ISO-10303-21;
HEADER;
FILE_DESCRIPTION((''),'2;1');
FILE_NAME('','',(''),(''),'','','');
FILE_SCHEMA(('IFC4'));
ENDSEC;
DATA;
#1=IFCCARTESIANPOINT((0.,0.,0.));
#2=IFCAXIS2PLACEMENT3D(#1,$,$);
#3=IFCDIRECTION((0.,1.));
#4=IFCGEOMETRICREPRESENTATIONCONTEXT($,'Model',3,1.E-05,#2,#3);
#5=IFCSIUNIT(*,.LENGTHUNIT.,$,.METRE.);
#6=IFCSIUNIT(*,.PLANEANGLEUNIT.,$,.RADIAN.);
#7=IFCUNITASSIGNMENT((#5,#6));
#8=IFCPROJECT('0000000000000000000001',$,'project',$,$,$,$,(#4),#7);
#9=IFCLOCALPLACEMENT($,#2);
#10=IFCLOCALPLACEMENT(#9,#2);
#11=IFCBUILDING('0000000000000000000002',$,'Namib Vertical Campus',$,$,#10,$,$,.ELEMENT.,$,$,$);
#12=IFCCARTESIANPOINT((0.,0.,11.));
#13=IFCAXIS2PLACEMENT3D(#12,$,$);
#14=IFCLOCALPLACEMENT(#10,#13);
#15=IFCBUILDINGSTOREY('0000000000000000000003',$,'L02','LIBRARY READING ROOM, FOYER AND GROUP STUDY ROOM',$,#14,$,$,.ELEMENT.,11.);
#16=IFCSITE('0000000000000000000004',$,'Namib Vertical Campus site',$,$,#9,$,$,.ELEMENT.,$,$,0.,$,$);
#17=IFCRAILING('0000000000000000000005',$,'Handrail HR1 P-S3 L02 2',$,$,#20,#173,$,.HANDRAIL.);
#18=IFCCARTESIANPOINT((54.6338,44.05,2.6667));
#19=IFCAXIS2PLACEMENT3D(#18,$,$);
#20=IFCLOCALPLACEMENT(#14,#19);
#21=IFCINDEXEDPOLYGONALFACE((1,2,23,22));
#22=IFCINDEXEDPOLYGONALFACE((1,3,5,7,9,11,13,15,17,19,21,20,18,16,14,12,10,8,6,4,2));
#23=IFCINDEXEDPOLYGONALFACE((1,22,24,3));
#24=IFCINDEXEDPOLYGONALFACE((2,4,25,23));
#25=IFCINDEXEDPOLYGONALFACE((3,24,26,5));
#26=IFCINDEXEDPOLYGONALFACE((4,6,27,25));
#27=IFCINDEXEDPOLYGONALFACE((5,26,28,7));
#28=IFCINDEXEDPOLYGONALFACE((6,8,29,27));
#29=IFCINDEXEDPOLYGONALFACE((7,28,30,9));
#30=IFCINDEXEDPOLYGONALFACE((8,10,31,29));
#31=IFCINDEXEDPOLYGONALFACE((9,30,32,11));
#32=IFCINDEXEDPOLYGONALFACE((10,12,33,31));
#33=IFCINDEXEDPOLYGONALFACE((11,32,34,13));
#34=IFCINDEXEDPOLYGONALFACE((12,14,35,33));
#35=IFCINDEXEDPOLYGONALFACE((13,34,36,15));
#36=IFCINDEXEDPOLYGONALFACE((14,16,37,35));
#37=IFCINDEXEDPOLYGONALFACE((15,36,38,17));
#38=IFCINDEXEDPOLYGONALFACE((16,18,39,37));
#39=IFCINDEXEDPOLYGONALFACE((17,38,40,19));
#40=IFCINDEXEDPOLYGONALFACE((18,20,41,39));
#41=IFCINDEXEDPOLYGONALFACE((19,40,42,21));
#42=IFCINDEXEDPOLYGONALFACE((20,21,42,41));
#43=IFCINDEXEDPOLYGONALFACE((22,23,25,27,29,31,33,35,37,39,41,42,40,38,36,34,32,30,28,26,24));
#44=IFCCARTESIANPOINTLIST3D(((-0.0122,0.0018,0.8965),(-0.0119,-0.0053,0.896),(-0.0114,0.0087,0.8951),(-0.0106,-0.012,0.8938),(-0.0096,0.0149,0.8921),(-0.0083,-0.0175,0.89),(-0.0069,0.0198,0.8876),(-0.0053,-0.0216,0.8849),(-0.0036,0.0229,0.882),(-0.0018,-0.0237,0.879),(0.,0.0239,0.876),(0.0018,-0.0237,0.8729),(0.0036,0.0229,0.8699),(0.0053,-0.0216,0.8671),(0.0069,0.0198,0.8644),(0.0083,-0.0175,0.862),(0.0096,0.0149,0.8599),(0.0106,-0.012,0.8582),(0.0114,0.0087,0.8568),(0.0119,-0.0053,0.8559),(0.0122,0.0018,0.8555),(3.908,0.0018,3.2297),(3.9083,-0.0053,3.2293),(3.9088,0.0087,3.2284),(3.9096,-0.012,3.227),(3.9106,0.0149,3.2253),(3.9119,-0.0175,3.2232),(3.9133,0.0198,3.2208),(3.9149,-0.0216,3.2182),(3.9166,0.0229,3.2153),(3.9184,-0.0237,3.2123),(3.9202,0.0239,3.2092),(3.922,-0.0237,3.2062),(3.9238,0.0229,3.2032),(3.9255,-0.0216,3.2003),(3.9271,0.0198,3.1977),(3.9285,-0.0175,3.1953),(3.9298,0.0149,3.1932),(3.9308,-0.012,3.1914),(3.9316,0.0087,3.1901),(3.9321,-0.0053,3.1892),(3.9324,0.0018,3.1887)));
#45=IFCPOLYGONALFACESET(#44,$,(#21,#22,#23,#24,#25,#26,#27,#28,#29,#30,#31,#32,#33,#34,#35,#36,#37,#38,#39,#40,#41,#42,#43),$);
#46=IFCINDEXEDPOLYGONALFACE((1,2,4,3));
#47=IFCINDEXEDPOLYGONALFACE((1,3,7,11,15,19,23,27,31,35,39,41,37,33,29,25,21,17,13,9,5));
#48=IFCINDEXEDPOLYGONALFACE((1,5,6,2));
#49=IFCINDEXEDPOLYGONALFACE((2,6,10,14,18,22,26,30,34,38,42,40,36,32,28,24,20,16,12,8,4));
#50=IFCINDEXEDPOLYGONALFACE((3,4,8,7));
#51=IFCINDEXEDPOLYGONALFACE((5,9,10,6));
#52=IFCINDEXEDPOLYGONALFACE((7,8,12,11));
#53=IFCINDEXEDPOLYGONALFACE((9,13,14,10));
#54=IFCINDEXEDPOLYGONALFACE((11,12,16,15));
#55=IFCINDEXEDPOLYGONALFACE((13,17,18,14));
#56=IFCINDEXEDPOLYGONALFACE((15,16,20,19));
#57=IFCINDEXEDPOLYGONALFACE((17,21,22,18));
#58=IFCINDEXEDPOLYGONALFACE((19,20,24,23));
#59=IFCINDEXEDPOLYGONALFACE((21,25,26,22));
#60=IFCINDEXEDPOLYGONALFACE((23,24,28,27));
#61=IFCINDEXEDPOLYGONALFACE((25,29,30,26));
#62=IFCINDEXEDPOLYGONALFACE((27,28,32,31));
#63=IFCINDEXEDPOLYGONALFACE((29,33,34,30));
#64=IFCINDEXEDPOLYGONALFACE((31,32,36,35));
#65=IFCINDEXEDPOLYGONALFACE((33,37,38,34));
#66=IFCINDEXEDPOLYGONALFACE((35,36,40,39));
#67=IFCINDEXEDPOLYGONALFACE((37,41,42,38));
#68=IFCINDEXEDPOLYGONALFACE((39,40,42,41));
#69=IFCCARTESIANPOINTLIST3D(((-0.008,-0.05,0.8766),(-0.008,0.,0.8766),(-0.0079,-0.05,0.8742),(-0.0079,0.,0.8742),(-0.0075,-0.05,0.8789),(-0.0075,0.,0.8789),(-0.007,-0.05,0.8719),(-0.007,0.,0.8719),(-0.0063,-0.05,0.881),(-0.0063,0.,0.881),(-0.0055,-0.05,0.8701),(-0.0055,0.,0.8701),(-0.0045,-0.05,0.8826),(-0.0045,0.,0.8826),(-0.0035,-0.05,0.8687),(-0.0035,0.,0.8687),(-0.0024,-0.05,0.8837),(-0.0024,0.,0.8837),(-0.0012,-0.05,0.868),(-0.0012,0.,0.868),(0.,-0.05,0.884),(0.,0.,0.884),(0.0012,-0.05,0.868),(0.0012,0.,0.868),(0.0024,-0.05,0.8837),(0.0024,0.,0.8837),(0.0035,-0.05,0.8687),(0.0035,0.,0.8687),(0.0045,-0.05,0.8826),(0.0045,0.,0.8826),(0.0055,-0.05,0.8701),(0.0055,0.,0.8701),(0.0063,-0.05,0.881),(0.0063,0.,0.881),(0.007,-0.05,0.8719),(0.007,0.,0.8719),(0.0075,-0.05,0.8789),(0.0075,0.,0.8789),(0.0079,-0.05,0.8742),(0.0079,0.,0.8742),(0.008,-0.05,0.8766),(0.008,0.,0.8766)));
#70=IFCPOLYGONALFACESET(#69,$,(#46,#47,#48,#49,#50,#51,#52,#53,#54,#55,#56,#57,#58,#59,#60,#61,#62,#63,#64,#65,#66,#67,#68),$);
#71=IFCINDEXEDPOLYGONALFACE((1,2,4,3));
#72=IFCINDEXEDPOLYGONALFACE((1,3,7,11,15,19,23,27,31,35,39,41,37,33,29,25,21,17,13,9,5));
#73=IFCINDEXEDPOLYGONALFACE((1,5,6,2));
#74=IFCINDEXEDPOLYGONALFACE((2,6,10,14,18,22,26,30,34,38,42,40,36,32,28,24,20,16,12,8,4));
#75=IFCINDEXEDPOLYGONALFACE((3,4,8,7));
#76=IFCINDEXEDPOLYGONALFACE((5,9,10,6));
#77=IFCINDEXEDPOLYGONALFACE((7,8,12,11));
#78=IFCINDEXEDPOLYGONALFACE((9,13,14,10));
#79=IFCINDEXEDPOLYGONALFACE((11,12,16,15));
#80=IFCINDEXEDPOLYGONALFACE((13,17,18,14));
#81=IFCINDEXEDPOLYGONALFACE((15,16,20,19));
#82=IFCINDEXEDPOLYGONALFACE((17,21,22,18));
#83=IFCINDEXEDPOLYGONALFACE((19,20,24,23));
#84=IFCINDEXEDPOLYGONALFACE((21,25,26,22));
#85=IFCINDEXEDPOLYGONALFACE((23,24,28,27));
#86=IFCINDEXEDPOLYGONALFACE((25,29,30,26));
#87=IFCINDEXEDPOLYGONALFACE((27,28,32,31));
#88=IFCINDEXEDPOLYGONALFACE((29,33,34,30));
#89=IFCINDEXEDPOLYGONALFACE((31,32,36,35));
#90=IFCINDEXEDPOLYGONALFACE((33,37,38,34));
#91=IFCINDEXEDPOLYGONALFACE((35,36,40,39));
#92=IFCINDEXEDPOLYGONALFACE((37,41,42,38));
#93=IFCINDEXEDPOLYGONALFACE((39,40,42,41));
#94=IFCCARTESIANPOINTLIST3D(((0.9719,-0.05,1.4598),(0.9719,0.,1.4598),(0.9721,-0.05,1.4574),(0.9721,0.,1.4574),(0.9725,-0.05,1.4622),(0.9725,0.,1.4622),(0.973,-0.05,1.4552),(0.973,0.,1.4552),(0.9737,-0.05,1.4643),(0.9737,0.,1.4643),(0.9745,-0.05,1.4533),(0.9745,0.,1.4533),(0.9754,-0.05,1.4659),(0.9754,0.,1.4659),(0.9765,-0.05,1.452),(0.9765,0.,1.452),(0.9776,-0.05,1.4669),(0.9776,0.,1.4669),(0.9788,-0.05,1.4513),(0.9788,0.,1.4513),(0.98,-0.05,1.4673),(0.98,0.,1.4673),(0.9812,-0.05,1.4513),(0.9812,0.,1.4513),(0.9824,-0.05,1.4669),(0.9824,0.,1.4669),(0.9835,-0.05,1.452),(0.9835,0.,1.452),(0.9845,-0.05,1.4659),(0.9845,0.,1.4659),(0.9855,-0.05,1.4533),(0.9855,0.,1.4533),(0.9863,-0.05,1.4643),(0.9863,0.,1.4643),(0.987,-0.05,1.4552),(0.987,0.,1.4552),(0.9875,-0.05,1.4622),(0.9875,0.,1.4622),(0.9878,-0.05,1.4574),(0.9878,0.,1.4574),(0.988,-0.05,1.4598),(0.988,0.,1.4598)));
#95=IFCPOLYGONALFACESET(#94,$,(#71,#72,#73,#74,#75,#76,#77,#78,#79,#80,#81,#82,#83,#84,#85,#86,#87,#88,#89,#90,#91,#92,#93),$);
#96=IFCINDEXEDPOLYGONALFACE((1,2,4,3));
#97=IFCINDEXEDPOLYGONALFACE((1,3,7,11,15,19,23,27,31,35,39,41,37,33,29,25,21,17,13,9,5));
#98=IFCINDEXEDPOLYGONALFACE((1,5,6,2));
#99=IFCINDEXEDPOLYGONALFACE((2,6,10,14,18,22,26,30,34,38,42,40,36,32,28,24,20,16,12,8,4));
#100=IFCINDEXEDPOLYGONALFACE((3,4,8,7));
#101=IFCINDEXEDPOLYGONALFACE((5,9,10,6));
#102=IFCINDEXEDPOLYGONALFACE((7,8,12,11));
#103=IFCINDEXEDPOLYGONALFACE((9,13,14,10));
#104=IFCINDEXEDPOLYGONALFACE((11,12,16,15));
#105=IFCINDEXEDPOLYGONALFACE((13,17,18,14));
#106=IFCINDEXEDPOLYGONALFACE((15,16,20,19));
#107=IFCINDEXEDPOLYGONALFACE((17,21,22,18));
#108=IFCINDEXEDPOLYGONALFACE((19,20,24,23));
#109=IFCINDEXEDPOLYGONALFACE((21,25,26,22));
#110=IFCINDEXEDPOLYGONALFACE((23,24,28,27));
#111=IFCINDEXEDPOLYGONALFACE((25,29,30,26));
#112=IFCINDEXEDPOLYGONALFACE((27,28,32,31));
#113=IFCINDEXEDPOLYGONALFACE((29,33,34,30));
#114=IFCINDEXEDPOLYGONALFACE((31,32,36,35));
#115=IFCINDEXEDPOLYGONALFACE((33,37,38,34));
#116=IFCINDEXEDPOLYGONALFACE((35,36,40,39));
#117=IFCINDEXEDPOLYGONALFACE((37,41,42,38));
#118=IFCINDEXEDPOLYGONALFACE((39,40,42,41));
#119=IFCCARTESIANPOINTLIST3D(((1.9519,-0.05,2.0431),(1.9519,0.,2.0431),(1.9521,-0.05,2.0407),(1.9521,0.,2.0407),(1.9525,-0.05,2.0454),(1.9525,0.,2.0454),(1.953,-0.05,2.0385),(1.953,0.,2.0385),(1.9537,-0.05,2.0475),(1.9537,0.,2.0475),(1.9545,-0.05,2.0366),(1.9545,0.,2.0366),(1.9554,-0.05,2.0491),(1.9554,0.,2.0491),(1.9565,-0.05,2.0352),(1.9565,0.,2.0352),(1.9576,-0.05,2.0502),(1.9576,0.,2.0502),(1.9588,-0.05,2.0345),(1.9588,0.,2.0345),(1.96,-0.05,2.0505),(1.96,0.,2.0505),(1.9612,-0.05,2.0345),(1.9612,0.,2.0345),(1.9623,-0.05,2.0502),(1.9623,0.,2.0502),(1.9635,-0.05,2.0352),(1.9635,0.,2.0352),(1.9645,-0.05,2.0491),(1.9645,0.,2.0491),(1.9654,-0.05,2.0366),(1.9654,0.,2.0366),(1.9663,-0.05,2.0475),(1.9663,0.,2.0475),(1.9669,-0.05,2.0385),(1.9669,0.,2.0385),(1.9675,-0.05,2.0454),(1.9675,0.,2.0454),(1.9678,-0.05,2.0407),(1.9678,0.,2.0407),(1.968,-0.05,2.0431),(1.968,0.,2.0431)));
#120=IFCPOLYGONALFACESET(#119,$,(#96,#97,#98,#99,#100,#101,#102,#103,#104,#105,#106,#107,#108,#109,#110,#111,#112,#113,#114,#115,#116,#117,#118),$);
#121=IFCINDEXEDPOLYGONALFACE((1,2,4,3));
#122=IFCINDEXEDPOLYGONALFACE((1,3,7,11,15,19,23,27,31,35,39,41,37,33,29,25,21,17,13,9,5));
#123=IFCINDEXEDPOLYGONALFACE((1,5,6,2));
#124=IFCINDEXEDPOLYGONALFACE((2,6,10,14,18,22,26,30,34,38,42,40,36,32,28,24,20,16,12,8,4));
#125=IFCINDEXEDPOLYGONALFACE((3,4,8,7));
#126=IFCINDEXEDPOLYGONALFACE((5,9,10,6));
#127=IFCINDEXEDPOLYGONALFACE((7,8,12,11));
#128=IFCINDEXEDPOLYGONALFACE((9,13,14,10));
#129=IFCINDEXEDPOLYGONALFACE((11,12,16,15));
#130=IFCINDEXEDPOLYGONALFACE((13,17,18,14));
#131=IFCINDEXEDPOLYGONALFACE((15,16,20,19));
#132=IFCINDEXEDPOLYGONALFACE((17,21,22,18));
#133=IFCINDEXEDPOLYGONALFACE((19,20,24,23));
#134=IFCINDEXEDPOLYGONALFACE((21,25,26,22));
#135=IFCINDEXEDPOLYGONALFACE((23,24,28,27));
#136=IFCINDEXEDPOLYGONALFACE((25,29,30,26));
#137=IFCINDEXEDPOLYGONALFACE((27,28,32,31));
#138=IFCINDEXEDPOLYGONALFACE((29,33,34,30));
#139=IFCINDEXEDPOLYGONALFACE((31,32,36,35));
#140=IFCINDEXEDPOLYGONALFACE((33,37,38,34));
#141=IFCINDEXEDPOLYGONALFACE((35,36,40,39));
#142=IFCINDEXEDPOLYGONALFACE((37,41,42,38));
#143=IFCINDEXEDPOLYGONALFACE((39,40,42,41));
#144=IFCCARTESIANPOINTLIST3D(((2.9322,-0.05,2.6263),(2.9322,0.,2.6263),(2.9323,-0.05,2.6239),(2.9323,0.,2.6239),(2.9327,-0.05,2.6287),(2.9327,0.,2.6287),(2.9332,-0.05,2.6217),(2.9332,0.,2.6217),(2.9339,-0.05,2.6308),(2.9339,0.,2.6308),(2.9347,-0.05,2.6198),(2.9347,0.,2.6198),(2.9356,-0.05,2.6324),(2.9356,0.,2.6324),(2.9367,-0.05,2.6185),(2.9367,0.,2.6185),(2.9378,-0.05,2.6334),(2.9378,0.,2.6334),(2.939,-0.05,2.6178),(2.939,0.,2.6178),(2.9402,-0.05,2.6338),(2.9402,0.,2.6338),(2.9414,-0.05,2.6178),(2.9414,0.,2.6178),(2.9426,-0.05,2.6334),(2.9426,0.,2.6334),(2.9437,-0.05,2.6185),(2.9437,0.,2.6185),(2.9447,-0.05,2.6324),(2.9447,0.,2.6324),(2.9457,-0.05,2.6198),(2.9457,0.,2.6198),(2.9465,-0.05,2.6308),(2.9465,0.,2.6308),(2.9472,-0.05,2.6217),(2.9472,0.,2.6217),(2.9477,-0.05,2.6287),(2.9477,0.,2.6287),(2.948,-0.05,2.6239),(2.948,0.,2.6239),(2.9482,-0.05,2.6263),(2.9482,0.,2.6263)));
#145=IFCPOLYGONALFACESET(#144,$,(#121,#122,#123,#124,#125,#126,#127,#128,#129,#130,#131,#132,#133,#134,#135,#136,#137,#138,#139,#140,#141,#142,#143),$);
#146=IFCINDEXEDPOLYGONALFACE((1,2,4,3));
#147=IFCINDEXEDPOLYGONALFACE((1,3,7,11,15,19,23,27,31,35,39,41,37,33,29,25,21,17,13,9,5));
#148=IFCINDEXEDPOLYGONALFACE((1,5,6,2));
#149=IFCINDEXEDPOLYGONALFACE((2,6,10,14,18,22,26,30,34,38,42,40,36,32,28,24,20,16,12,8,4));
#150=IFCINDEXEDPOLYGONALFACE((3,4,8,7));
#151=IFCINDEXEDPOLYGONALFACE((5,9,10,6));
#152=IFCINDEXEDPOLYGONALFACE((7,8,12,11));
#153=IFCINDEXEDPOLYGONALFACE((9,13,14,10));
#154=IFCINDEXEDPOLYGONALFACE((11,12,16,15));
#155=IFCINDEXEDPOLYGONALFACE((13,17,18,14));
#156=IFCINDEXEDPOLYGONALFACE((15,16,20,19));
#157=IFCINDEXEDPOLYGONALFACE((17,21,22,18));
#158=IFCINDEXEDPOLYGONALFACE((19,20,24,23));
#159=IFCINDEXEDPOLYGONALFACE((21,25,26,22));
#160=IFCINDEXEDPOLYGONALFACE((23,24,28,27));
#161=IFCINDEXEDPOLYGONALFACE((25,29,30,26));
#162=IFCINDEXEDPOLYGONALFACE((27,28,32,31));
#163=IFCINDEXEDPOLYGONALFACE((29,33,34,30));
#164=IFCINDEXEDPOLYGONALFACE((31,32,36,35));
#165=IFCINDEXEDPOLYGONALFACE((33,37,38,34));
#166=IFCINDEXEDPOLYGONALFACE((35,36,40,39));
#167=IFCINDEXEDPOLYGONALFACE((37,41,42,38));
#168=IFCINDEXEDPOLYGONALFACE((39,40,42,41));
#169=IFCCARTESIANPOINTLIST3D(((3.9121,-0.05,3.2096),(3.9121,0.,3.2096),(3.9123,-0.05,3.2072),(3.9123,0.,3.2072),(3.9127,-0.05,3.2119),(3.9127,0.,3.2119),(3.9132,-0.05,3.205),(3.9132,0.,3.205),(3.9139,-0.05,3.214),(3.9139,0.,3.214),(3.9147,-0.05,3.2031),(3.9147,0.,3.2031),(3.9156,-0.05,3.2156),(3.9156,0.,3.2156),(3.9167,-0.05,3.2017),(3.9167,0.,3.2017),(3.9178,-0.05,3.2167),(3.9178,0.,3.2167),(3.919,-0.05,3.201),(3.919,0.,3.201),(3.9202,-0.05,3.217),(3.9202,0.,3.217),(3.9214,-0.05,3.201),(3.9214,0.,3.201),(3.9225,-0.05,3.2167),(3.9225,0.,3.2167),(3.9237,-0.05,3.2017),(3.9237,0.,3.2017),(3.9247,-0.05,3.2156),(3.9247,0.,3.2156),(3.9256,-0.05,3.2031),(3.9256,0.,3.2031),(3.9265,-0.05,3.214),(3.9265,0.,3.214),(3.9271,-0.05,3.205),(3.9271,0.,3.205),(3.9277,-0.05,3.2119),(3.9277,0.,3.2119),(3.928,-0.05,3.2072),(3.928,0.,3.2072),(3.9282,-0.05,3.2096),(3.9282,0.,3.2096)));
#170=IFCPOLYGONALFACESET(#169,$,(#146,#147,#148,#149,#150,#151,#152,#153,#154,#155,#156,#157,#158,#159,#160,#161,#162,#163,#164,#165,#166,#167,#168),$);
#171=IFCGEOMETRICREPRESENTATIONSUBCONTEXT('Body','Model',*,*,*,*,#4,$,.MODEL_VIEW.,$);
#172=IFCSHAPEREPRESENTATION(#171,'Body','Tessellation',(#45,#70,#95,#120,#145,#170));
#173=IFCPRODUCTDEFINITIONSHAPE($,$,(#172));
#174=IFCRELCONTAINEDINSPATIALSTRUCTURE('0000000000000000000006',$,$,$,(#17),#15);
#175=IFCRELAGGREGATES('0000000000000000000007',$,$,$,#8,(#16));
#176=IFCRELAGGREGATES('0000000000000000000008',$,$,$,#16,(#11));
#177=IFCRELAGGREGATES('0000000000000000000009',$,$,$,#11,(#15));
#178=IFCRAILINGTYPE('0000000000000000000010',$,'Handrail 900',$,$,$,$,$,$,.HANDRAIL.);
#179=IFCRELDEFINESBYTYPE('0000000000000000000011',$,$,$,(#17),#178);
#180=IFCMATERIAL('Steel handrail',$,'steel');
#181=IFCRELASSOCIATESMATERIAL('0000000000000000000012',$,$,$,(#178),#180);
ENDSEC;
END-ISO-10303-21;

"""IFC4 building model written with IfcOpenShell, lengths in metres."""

from ifc_helpers import new_model, si_unit, direction, frame, origin, origin_2d, place, context, subcontext, project, spatial, circle, extrude, material, type_object, element, save


model = new_model("IFC4")

# Units and contexts
model_context = context("Model", 3, precision=1e-05, world=origin(), true_north=direction((0.0, 1.0)))
body_context = subcontext(model_context, "Body", "Model", "MODEL_VIEW")
ifc_project = project(units=[si_unit("LENGTHUNIT", "METRE"), si_unit("PLANEANGLEUNIT", "RADIAN")], contexts=[model_context])

# Site, building, storey
site_placement = place(None, origin())
site = spatial("IfcSite", under=ifc_project, at=site_placement, Name="Namib Vertical Campus site", CompositionType="ELEMENT", RefElevation=0.0)
building_placement = place(site_placement, origin())
building = spatial("IfcBuilding", under=site, at=building_placement, Name="Namib Vertical Campus", CompositionType="ELEMENT")
storey_placement = place(building_placement, frame((0.0, 0.0, 11.0)))
storey = spatial("IfcBuildingStorey", under=building, at=storey_placement, Name="L02", Description="LIBRARY READING ROOM, FOYER AND GROUP STUDY ROOM", CompositionType="ELEMENT", Elevation=11.0)

# Railing
ifc_material_1 = material(Name="Steel handrail", Category="steel")
railing_type_1 = type_object("IfcRailingType", Name="Handrail 900", PredefinedType="HANDRAIL", material=ifc_material_1)
railing_1_placement = place(storey_placement, frame((54.6338, 44.05, 2.6667)))
element("IfcRailing", 1, at=railing_1_placement, inside=storey, type_object=railing_type_1, Name="Handrail HR1 P-S3 L02 2", PredefinedType="HANDRAIL", context=body_context, shape_type="SweptSolid", body=[
    extrude(circle(Radius=0.0239, at=origin_2d()), frame((0.0, 0.0, 0.876), z_axis=(0.85931, 0.0, 0.511455), x_axis=(0.0, 1.0, 0.0)), (0.0, 0.0, 1.0), 4.562),
    extrude(circle(Radius=0.0081, at=origin_2d()), frame((0.0, 0.0, 0.876), z_axis=(0.0, -1.0, 0.0), x_axis=(0.0, 0.0, 1.0)), (0.0, 0.0, 1.0), 0.05),
    extrude(circle(Radius=0.0081, at=origin_2d()), frame((0.98, 0.0, 1.4592), z_axis=(0.0, -1.0, 0.0), x_axis=(0.0, 0.0, 1.0)), (0.0, 0.0, 1.0), 0.05),
    extrude(circle(Radius=0.0081, at=origin_2d()), frame((1.96, 0.0, 2.0425), z_axis=(0.0, -1.0, 0.0), x_axis=(0.0, 0.0, 1.0)), (0.0, 0.0, 1.0), 0.05),
    extrude(circle(Radius=0.0081, at=origin_2d()), frame((2.9402, 0.0, 2.6257), z_axis=(0.0, -1.0, 0.0), x_axis=(0.0, 0.0, 1.0)), (0.0, 0.0, 1.0), 0.05),
    extrude(circle(Radius=0.0081, at=origin_2d()), frame((3.9202, 0.0, 3.209), z_axis=(0.0, -1.0, 0.0), x_axis=(0.0, 0.0, 1.0)), (0.0, 0.0, 1.0), 0.05),
])

save(model, "model.ifc")
